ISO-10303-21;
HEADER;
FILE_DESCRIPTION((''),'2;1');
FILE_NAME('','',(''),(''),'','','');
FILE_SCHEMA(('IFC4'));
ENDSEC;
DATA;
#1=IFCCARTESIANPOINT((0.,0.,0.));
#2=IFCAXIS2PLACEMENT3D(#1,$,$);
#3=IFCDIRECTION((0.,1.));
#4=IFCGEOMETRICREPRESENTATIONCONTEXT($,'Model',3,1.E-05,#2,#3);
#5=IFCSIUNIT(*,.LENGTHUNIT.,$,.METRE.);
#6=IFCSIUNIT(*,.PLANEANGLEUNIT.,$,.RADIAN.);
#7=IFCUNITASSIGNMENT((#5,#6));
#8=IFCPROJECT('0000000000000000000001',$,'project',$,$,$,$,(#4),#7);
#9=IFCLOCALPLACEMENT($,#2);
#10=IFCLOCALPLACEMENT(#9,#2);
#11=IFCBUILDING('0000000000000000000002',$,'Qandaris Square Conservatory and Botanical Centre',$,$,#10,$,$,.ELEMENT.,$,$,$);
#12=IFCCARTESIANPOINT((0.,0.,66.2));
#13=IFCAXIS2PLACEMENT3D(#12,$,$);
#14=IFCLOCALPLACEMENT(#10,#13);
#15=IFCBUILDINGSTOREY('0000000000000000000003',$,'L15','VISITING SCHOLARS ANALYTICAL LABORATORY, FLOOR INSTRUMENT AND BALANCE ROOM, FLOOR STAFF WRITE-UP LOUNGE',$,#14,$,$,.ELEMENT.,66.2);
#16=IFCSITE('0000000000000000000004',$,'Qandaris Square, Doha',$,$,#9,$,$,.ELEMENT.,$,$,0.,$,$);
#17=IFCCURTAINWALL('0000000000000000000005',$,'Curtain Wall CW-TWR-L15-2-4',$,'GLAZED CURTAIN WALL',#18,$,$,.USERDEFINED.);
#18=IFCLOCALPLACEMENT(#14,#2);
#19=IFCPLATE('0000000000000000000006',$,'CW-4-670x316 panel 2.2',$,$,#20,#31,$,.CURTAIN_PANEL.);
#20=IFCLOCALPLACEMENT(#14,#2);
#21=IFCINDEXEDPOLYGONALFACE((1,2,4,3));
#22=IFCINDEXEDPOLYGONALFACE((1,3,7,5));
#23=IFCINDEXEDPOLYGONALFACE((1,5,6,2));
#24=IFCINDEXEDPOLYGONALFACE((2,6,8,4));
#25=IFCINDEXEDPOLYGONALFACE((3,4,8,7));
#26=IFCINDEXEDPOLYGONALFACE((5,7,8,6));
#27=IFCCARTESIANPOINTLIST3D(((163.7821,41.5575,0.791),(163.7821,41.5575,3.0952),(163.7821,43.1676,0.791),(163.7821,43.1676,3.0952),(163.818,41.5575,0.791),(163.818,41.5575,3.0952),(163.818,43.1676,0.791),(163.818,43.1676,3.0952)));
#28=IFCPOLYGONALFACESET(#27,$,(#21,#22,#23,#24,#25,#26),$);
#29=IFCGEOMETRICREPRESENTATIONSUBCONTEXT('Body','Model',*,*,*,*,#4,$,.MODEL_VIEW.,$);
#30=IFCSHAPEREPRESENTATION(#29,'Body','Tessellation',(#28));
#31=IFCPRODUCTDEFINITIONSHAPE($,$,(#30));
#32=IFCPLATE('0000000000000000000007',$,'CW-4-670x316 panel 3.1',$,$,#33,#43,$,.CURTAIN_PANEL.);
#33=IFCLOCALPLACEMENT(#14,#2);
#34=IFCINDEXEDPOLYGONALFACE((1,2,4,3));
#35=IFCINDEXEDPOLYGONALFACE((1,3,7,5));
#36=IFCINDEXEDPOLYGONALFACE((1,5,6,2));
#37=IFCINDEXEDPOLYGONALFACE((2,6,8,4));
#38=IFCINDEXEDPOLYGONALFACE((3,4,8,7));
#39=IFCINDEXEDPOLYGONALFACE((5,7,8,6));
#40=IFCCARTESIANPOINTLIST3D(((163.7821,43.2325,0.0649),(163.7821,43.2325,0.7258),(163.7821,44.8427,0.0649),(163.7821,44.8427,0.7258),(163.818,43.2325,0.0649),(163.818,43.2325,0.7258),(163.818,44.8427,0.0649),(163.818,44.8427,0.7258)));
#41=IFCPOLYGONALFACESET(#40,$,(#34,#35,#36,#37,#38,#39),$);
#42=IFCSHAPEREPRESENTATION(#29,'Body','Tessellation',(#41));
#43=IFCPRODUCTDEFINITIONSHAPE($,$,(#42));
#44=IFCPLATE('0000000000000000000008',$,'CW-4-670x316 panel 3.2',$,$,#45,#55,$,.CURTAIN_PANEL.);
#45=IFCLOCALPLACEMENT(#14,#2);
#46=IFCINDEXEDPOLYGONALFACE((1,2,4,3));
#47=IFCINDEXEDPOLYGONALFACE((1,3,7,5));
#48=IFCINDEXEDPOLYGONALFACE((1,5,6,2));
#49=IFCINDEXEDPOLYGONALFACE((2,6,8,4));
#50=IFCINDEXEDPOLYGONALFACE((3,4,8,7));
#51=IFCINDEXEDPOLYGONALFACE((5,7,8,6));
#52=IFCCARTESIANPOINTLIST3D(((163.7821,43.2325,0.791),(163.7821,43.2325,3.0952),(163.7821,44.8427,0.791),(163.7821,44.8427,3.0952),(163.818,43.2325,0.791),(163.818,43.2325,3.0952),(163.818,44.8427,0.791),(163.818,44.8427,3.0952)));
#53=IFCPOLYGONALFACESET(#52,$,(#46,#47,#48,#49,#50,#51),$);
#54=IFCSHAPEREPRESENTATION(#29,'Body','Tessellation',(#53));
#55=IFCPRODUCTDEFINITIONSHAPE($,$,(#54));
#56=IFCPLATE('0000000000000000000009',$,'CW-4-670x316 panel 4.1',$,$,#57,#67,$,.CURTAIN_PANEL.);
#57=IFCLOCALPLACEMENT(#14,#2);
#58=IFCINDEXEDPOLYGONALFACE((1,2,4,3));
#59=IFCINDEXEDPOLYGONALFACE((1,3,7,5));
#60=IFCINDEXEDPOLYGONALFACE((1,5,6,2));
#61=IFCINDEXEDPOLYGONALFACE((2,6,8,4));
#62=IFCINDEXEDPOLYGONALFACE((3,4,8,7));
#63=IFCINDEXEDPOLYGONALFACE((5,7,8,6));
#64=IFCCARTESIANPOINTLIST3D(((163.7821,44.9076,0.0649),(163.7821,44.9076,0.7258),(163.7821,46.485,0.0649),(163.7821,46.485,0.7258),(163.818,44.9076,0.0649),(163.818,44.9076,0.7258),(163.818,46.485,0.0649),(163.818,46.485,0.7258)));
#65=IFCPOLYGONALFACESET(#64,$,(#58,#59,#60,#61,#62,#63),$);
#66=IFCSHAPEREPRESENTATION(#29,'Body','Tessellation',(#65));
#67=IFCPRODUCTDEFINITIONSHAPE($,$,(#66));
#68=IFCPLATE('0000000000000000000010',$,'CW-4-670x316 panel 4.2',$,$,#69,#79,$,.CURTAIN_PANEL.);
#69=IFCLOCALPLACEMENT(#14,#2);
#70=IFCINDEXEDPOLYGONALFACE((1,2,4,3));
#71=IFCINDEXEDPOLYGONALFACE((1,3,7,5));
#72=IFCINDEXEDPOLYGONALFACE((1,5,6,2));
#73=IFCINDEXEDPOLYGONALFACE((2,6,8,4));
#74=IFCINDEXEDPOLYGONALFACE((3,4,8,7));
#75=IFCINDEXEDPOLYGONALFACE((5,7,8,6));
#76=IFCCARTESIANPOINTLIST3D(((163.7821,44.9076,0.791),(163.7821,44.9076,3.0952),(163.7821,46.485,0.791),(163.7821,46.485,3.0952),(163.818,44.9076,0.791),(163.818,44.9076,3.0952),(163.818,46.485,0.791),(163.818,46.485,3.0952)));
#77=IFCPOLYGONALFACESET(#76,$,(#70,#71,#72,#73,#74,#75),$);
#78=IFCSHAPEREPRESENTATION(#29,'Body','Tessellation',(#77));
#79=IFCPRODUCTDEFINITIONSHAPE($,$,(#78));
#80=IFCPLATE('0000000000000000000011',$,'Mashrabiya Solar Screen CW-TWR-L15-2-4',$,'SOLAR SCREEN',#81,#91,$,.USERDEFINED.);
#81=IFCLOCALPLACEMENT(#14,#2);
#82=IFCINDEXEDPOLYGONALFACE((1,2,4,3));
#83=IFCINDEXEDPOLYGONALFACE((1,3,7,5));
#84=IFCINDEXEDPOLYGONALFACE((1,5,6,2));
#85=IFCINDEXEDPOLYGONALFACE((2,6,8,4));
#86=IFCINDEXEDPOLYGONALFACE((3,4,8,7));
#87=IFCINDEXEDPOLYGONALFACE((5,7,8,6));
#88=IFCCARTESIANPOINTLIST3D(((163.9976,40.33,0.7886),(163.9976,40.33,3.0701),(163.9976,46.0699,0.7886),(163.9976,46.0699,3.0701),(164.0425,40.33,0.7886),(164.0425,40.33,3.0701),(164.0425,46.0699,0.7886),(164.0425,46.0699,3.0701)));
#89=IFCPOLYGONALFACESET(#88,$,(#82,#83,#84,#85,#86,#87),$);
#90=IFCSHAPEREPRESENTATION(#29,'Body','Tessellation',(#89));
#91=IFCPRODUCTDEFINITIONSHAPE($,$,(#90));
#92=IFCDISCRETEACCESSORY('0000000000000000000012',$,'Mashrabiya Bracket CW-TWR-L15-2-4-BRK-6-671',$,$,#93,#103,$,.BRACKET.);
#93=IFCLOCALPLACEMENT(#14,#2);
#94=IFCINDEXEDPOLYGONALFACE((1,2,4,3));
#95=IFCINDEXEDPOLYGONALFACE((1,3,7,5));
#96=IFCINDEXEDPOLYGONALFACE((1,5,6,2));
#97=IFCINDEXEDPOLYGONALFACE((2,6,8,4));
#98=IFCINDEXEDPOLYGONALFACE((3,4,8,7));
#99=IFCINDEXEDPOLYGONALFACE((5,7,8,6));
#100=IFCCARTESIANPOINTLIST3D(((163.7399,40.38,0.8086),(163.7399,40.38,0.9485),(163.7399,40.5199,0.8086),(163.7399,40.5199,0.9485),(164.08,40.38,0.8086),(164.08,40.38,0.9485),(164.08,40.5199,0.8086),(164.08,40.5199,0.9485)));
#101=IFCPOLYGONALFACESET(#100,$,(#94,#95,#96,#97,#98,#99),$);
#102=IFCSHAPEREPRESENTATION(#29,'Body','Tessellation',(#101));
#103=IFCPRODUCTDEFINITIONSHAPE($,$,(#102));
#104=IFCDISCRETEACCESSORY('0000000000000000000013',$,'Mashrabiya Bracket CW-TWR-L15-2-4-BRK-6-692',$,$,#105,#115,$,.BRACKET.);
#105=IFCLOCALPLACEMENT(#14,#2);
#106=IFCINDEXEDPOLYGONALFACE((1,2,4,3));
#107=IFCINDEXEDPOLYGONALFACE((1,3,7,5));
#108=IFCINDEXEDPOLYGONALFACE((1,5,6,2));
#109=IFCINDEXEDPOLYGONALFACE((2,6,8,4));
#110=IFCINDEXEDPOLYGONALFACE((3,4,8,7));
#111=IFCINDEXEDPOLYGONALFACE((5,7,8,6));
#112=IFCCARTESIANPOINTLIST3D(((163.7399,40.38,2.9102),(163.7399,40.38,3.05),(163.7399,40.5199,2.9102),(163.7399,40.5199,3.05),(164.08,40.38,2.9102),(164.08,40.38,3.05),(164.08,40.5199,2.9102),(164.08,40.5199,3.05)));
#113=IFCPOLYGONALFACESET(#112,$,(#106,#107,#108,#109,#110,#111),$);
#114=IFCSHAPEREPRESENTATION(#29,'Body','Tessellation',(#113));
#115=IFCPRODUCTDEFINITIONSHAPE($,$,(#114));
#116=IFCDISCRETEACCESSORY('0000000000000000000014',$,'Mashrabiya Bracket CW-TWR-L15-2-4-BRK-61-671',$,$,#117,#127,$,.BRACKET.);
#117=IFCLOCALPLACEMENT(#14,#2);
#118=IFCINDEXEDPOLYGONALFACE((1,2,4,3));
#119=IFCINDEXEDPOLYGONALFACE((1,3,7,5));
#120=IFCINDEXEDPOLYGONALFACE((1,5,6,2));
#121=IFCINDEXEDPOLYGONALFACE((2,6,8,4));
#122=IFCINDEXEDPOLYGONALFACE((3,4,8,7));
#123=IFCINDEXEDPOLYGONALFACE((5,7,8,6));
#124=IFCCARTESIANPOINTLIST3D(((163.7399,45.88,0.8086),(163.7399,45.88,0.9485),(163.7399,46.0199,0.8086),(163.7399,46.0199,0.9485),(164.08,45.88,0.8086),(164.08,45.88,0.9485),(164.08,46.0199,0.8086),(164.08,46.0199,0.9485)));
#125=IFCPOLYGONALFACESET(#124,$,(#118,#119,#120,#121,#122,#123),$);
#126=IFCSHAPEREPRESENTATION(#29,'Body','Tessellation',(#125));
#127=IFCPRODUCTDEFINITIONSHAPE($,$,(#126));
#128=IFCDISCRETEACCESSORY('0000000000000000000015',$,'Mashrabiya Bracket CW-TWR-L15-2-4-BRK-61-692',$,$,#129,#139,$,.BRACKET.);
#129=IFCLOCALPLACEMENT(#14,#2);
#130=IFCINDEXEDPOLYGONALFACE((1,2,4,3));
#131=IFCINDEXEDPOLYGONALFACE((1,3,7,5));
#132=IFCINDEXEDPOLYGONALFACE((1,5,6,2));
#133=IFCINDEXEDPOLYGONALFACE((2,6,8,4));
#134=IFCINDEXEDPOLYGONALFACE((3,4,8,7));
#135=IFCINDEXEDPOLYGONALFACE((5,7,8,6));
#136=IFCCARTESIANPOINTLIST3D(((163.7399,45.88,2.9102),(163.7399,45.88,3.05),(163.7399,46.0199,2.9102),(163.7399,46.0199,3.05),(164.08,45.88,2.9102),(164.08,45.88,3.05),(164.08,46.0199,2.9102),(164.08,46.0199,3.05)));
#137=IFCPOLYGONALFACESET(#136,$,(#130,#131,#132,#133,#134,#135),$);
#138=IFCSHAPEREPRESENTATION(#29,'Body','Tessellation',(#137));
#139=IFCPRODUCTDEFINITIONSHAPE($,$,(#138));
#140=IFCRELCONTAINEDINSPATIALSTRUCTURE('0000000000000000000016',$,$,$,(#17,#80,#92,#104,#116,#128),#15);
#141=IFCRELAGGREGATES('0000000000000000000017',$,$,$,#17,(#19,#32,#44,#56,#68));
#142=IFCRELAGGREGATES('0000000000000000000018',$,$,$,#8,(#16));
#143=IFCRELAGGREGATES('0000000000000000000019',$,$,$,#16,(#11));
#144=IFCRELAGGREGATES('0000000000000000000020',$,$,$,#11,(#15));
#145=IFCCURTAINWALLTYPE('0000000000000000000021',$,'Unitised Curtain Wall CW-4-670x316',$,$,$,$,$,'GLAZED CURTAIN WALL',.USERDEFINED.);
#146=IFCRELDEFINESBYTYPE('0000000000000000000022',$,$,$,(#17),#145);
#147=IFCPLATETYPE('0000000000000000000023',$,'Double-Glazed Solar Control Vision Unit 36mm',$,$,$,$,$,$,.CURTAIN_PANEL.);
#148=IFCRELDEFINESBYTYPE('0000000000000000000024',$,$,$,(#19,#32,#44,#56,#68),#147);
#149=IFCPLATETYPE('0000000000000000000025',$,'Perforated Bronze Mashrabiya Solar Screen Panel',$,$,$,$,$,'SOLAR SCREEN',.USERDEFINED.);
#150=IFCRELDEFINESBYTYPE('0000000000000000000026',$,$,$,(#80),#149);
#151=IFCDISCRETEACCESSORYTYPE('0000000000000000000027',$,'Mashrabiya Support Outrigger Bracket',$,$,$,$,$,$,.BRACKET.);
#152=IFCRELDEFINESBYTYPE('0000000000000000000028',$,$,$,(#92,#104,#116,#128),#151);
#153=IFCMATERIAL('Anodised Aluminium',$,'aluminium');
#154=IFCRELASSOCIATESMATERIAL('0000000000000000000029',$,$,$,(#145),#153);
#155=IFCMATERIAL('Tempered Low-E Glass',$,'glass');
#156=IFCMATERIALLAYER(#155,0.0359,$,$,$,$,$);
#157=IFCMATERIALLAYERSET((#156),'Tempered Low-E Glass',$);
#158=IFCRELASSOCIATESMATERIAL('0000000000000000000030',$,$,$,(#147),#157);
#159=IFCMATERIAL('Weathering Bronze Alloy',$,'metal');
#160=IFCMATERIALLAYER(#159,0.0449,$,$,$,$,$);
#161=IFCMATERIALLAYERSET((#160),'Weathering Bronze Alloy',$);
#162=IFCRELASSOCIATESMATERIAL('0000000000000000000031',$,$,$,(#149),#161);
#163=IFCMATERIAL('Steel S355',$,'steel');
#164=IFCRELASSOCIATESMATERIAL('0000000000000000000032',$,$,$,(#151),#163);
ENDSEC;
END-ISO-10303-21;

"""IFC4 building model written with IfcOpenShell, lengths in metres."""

from ifc_helpers import new_model, si_unit, direction, frame, origin, origin_2d, place, context, subcontext, project, spatial, rectangle, extrude, material, layer, layer_set, type_object, element, aggregate, save


model = new_model("IFC4")

# Units and contexts
model_context = context("Model", 3, precision=1e-05, world=origin(), true_north=direction((0.0, 1.0)))
body_context = subcontext(model_context, "Body", "Model", "MODEL_VIEW")
ifc_project = project(units=[si_unit("LENGTHUNIT", "METRE"), si_unit("PLANEANGLEUNIT", "RADIAN")], contexts=[model_context])

# Site, building, storey
site_placement = place(None, origin())
site = spatial("IfcSite", under=ifc_project, at=site_placement, Name="Qandaris Square, Doha", CompositionType="ELEMENT", RefElevation=0.0)
building_placement = place(site_placement, origin())
building = spatial("IfcBuilding", under=site, at=building_placement, Name="Qandaris Square Conservatory and Botanical Centre", CompositionType="ELEMENT")
storey_placement = place(building_placement, frame((0.0, 0.0, 66.2)))
storey = spatial("IfcBuildingStorey", under=building, at=storey_placement, Name="L15", Description="VISITING SCHOLARS ANALYTICAL LABORATORY, FLOOR INSTRUMENT AND BALANCE ROOM, FLOOR STAFF WRITE-UP LOUNGE", CompositionType="ELEMENT", Elevation=66.2)

# Curtain wall, plates
ifc_material_1 = material(Name="Anodised Aluminium", Category="aluminium")
curtain_wall_type = type_object("IfcCurtainWallType", Name="Unitised Curtain Wall CW-4-670x316", ElementType="GLAZED CURTAIN WALL", PredefinedType="USERDEFINED", material=ifc_material_1)
curtain_wall_placement = place(storey_placement, origin())
curtain_wall = element("IfcCurtainWall", 1, at=curtain_wall_placement, inside=storey, type_object=curtain_wall_type, Name="Curtain Wall CW-TWR-L15-2-4", ObjectType="GLAZED CURTAIN WALL", PredefinedType="USERDEFINED")
ifc_material_2 = material(Name="Tempered Low-E Glass", Category="glass")
ifc_layer_1 = layer(ifc_material_2, 0.0359)
ifc_layer_set_1 = layer_set([ifc_layer_1], Name="Tempered Low-E Glass")
plate_type_1 = type_object("IfcPlateType", Name="Double-Glazed Solar Control Vision Unit 36mm", PredefinedType="CURTAIN_PANEL", material=ifc_layer_set_1)
plate_1_placement = place(storey_placement, frame((163.8, 42.3625, 0.791), z_axis=(0.0, 0.0, 1.0), x_axis=(0.0, 1.0, 0.0)))
plate_1 = element("IfcPlate", 2, at=plate_1_placement, type_object=plate_type_1, Name="CW-4-670x316 panel 2.2", PredefinedType="CURTAIN_PANEL", context=body_context, shape_type="SweptSolid", body=[
    extrude(rectangle(XDim=1.6101, YDim=0.0359, at=origin_2d()), origin(), (0.0, 0.0, 1.0), 2.3042),
])
plate_2_placement = place(storey_placement, frame((163.8, 44.0376, 0.0649), z_axis=(0.0, 0.0, 1.0), x_axis=(0.0, 1.0, 0.0)))
plate_2 = element("IfcPlate", 3, at=plate_2_placement, type_object=plate_type_1, Name="CW-4-670x316 panel 3.1", PredefinedType="CURTAIN_PANEL", context=body_context, shape_type="SweptSolid", body=[
    extrude(rectangle(XDim=1.6101, YDim=0.0359, at=origin_2d()), origin(), (0.0, 0.0, 1.0), 0.6609),
])
plate_3_placement = place(storey_placement, frame((163.8, 44.0376, 0.791), z_axis=(0.0, 0.0, 1.0), x_axis=(0.0, 1.0, 0.0)))
plate_3 = element("IfcPlate", 4, at=plate_3_placement, type_object=plate_type_1, Name="CW-4-670x316 panel 3.2", PredefinedType="CURTAIN_PANEL", context=body_context, shape_type="SweptSolid", body=[
    extrude(rectangle(XDim=1.6101, YDim=0.0359, at=origin_2d()), origin(), (0.0, 0.0, 1.0), 2.3042),
])
plate_4_placement = place(storey_placement, frame((163.8, 45.6963, 0.0649), z_axis=(0.0, 0.0, 1.0), x_axis=(0.0, 1.0, 0.0)))
plate_4 = element("IfcPlate", 5, at=plate_4_placement, type_object=plate_type_1, Name="CW-4-670x316 panel 4.1", PredefinedType="CURTAIN_PANEL", context=body_context, shape_type="SweptSolid", body=[
    extrude(rectangle(XDim=1.5774, YDim=0.0359, at=origin_2d()), origin(), (0.0, 0.0, 1.0), 0.6609),
])
plate_5_placement = place(storey_placement, frame((163.8, 45.6963, 0.791), z_axis=(0.0, 0.0, 1.0), x_axis=(0.0, 1.0, 0.0)))
plate_5 = element("IfcPlate", 6, at=plate_5_placement, type_object=plate_type_1, Name="CW-4-670x316 panel 4.2", PredefinedType="CURTAIN_PANEL", context=body_context, shape_type="SweptSolid", body=[
    extrude(rectangle(XDim=1.5774, YDim=0.0359, at=origin_2d()), origin(), (0.0, 0.0, 1.0), 2.3042),
])
aggregate(curtain_wall, [plate_1, plate_2, plate_3, plate_4, plate_5])

# Plate
ifc_material_3 = material(Name="Weathering Bronze Alloy", Category="metal")
ifc_layer_2 = layer(ifc_material_3, 0.0449)
ifc_layer_set_2 = layer_set([ifc_layer_2], Name="Weathering Bronze Alloy")
plate_type_2 = type_object("IfcPlateType", Name="Perforated Bronze Mashrabiya Solar Screen Panel", ElementType="SOLAR SCREEN", PredefinedType="USERDEFINED", material=ifc_layer_set_2)
plate_6_placement = place(storey_placement, frame((164.02, 43.2, 0.7886), z_axis=(0.0, 0.0, 1.0), x_axis=(0.0, 1.0, 0.0)))
element("IfcPlate", 7, at=plate_6_placement, inside=storey, type_object=plate_type_2, Name="Mashrabiya Solar Screen CW-TWR-L15-2-4", ObjectType="SOLAR SCREEN", PredefinedType="USERDEFINED", context=body_context, shape_type="SweptSolid", body=[
    extrude(rectangle(XDim=5.74, YDim=0.0449, at=origin_2d()), origin(), (0.0, 0.0, 1.0), 2.2815),
])

# Discrete accessories
ifc_material_4 = material(Name="Steel S355", Category="steel")
discrete_accessory_type = type_object("IfcDiscreteAccessoryType", Name="Mashrabiya Support Outrigger Bracket", PredefinedType="BRACKET", material=ifc_material_4)
for number, where, z_axis, x_axis, name in (
    (8, (163.9099, 40.45, 0.8086), (0.0, 0.0, 1.0), (0.0, 1.0, 0.0), "Mashrabiya Bracket CW-TWR-L15-2-4-BRK-6-671"),
    (9, (163.9099, 40.45, 2.9102), (0.0, 0.0, 1.0), (0.0, 1.0, 0.0), "Mashrabiya Bracket CW-TWR-L15-2-4-BRK-6-692"),
    (10, (163.9099, 45.95, 0.8086), (0.0, 0.0, 1.0), (0.0, 1.0, 0.0), "Mashrabiya Bracket CW-TWR-L15-2-4-BRK-61-671"),
    (11, (163.9099, 45.95, 2.9102), (0.0, 0.0, 1.0), (0.0, 1.0, 0.0), "Mashrabiya Bracket CW-TWR-L15-2-4-BRK-61-692"),
):
    element("IfcDiscreteAccessory", number, at=place(storey_placement, frame(where, z_axis=z_axis, x_axis=x_axis)), inside=storey, type_object=discrete_accessory_type, Name=name, PredefinedType="BRACKET", context=body_context, shape_type="SweptSolid", body=[
        extrude(rectangle(XDim=0.1399, YDim=0.3401, at=origin_2d()), origin(), (0.0, 0.0, 1.0), 0.1399),
    ])

save(model, "model.ifc")
